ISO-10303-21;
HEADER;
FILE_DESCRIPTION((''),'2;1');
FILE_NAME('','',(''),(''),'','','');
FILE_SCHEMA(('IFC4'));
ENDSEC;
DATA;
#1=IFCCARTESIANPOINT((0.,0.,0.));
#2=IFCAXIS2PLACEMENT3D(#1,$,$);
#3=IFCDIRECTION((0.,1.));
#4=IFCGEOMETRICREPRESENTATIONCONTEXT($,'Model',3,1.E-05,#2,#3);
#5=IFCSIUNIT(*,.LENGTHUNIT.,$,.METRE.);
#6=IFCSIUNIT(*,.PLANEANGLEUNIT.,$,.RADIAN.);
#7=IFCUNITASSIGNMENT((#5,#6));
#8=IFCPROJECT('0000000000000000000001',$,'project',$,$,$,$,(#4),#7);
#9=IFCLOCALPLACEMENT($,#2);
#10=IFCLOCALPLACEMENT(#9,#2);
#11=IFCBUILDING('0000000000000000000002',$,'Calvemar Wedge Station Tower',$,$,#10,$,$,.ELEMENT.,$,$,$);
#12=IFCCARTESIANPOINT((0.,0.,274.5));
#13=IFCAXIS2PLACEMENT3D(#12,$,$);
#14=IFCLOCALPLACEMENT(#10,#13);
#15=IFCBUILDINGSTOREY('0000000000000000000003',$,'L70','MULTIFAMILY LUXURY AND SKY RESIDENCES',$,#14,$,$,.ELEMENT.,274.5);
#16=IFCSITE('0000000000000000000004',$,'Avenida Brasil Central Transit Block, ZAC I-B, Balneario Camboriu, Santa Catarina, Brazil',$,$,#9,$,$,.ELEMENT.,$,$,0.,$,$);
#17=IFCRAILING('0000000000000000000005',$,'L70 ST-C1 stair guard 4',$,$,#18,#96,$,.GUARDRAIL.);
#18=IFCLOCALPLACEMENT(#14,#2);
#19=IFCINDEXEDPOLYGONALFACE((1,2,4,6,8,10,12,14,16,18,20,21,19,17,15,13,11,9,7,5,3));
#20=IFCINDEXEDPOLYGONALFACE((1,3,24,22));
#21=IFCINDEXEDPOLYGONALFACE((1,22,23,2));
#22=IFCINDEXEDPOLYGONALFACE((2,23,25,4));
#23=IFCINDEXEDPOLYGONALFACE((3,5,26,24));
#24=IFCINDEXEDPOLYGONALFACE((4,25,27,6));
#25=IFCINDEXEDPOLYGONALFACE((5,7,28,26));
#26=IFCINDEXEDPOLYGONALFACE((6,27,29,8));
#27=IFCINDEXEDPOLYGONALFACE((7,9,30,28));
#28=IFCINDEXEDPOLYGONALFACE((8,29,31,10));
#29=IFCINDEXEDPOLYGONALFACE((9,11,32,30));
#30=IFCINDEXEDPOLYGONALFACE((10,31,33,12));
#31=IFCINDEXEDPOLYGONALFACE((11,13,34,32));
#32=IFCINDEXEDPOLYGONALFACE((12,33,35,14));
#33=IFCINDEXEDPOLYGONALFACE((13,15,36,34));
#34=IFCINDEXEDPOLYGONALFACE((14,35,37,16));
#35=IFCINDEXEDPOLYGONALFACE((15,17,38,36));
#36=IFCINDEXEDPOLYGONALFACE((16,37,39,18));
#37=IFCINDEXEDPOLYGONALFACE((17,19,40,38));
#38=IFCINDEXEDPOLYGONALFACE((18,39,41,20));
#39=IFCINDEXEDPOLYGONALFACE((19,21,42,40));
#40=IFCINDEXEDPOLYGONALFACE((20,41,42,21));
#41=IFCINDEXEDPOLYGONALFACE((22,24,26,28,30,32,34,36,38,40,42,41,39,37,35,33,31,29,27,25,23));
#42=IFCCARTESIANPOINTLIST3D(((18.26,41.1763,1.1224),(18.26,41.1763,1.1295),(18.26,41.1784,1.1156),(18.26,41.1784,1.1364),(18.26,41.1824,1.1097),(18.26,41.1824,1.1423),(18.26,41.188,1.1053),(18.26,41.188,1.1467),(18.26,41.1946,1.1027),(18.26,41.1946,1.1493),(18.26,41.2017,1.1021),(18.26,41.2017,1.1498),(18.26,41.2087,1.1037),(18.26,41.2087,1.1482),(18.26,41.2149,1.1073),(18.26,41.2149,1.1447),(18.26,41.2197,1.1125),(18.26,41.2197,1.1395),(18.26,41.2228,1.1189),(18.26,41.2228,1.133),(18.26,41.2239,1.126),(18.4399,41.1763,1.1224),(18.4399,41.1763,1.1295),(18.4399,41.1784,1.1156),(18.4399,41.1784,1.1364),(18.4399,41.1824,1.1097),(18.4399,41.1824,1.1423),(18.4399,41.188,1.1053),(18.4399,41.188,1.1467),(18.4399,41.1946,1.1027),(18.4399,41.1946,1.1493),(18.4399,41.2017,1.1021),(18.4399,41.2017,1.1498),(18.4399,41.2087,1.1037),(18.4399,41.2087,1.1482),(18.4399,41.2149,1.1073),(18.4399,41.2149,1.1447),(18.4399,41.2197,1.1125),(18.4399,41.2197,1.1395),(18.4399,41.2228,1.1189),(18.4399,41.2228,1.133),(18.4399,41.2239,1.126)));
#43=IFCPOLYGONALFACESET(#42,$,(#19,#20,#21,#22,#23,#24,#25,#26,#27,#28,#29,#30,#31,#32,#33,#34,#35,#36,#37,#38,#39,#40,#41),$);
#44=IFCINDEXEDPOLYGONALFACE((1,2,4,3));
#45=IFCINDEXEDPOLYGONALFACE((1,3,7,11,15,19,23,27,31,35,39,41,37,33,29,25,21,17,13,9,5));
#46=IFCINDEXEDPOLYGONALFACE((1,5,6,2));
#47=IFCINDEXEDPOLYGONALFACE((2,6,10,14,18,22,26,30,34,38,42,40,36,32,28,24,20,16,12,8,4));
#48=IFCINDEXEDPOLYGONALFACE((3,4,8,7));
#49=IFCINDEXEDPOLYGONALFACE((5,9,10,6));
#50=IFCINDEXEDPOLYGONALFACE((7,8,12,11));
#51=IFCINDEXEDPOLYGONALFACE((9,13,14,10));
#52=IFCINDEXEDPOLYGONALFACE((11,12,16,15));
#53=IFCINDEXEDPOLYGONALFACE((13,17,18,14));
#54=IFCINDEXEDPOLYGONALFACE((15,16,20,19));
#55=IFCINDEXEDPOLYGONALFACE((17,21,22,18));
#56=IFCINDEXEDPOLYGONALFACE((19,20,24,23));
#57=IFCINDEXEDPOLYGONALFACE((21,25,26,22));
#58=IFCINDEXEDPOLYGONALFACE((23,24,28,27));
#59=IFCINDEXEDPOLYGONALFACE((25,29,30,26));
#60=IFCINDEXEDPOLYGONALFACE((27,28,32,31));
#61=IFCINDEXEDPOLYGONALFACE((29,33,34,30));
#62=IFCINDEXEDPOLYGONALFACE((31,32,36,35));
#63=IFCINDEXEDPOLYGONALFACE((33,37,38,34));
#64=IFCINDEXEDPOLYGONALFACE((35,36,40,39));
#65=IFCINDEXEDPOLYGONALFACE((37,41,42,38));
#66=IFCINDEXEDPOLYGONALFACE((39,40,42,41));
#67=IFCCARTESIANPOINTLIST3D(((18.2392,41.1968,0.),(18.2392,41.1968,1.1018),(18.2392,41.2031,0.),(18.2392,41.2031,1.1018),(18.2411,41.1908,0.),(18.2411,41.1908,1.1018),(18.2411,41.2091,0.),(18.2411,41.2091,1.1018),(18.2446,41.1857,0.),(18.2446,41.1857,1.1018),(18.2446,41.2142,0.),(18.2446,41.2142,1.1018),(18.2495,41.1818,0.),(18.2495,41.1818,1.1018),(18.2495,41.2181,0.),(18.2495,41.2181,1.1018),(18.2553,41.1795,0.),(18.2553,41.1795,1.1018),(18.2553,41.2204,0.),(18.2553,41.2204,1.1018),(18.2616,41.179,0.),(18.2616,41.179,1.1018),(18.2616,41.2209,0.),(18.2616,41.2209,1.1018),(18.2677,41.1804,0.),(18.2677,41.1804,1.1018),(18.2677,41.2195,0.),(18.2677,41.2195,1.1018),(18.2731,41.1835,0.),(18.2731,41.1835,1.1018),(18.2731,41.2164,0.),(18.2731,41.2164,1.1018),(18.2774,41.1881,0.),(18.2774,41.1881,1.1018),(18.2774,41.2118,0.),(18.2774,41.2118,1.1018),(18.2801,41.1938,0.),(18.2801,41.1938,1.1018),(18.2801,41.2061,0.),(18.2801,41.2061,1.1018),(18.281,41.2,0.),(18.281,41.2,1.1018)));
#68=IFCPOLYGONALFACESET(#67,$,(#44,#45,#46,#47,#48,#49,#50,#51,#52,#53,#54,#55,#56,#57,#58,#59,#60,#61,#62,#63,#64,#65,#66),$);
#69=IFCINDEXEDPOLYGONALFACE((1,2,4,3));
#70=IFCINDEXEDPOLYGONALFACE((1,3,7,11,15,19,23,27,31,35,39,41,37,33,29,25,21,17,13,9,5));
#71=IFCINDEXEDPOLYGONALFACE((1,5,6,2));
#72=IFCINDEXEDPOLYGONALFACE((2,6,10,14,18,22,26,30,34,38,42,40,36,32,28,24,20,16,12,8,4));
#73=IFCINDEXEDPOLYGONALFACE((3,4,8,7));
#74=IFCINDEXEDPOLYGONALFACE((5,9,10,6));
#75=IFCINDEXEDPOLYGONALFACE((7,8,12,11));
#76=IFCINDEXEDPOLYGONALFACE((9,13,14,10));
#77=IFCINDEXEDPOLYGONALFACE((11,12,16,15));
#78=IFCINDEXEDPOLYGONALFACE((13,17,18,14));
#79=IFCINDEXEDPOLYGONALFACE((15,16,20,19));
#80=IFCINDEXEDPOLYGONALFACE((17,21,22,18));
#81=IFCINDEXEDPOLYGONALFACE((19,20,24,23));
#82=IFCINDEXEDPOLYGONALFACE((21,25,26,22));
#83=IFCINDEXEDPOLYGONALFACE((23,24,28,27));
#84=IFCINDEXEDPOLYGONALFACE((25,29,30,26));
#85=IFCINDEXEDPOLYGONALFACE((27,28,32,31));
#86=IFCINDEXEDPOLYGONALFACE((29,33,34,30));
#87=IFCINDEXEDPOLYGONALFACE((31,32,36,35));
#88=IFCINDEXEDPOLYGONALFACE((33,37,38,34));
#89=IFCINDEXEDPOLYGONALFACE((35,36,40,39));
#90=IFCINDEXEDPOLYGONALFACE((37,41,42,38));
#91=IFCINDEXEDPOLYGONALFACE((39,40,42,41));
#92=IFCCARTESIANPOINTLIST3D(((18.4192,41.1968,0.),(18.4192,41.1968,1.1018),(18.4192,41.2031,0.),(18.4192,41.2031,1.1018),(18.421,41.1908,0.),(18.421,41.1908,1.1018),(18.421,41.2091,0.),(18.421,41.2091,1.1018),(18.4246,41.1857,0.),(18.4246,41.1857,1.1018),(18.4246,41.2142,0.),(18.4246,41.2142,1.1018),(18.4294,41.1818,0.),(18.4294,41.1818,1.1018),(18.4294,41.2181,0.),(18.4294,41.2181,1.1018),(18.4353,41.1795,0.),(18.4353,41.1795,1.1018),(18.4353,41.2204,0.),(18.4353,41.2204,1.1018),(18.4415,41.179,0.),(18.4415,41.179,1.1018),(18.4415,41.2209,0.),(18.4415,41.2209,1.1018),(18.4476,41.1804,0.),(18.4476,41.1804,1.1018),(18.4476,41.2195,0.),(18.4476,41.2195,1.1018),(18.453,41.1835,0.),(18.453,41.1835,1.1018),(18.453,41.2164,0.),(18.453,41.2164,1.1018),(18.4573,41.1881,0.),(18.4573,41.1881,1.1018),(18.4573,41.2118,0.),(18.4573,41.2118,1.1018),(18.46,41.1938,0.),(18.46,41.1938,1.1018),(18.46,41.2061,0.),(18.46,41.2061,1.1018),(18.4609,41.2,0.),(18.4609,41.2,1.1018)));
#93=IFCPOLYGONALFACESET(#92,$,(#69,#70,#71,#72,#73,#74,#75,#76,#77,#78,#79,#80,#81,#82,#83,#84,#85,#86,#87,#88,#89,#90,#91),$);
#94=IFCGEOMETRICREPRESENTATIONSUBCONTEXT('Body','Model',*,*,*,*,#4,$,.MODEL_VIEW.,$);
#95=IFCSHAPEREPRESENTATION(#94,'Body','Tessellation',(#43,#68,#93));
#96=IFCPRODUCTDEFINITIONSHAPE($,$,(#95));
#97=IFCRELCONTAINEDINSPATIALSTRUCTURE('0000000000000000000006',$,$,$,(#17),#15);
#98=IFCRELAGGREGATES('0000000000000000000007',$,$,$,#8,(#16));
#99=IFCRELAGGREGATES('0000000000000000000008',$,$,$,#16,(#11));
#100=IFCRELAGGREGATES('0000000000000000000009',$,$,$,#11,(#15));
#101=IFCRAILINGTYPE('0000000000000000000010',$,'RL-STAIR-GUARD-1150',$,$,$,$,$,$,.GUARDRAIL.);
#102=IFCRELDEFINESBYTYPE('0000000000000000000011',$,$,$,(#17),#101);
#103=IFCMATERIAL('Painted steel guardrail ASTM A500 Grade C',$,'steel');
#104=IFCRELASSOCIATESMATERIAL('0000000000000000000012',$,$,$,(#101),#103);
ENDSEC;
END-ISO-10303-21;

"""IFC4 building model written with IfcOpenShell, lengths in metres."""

from ifc_helpers import new_model, si_unit, direction, frame, origin, origin_2d, place, context, subcontext, project, spatial, circle, extrude, material, type_object, element, save


model = new_model("IFC4")

# Units and contexts
model_context = context("Model", 3, precision=1e-05, world=origin(), true_north=direction((0.0, 1.0)))
body_context = subcontext(model_context, "Body", "Model", "MODEL_VIEW")
ifc_project = project(units=[si_unit("LENGTHUNIT", "METRE"), si_unit("PLANEANGLEUNIT", "RADIAN")], contexts=[model_context])

# Site, building, storey
site_placement = place(None, origin())
site = spatial("IfcSite", under=ifc_project, at=site_placement, Name="Avenida Brasil Central Transit Block, ZAC I-B, Balneario Camboriu, Santa Catarina, Brazil", CompositionType="ELEMENT", RefElevation=0.0)
building_placement = place(site_placement, origin())
building = spatial("IfcBuilding", under=site, at=building_placement, Name="Calvemar Wedge Station Tower", CompositionType="ELEMENT")
storey_placement = place(building_placement, frame((0.0, 0.0, 274.5)))
storey = spatial("IfcBuildingStorey", under=building, at=storey_placement, Name="L70", Description="MULTIFAMILY LUXURY AND SKY RESIDENCES", CompositionType="ELEMENT", Elevation=274.5)

# Railing
ifc_material_1 = material(Name="Painted steel guardrail ASTM A500 Grade C", Category="steel")
railing_type_1 = type_object("IfcRailingType", Name="RL-STAIR-GUARD-1150", PredefinedType="GUARDRAIL", material=ifc_material_1)
railing_1_placement = place(storey_placement, frame((18.26, 41.2, 0.0)))
element("IfcRailing", 1, at=railing_1_placement, inside=storey, type_object=railing_type_1, Name="L70 ST-C1 stair guard 4", PredefinedType="GUARDRAIL", context=body_context, shape_type="SweptSolid", body=[
    extrude(circle(Radius=0.0239, at=origin_2d()), frame((0.0, 0.0, 1.126), z_axis=(1.0, 0.0, 0.0), x_axis=(0.0, 1.0, 0.0)), (0.0, 0.0, 1.0), 0.1799),
    extrude(circle(Radius=0.021, at=origin_2d()), origin(), (0.0, 0.0, 1.0), 1.1018),
    extrude(circle(Radius=0.021, at=origin_2d()), frame((0.1799, 0.0, 0.0)), (0.0, 0.0, 1.0), 1.1018),
])

save(model, "model.ifc")
